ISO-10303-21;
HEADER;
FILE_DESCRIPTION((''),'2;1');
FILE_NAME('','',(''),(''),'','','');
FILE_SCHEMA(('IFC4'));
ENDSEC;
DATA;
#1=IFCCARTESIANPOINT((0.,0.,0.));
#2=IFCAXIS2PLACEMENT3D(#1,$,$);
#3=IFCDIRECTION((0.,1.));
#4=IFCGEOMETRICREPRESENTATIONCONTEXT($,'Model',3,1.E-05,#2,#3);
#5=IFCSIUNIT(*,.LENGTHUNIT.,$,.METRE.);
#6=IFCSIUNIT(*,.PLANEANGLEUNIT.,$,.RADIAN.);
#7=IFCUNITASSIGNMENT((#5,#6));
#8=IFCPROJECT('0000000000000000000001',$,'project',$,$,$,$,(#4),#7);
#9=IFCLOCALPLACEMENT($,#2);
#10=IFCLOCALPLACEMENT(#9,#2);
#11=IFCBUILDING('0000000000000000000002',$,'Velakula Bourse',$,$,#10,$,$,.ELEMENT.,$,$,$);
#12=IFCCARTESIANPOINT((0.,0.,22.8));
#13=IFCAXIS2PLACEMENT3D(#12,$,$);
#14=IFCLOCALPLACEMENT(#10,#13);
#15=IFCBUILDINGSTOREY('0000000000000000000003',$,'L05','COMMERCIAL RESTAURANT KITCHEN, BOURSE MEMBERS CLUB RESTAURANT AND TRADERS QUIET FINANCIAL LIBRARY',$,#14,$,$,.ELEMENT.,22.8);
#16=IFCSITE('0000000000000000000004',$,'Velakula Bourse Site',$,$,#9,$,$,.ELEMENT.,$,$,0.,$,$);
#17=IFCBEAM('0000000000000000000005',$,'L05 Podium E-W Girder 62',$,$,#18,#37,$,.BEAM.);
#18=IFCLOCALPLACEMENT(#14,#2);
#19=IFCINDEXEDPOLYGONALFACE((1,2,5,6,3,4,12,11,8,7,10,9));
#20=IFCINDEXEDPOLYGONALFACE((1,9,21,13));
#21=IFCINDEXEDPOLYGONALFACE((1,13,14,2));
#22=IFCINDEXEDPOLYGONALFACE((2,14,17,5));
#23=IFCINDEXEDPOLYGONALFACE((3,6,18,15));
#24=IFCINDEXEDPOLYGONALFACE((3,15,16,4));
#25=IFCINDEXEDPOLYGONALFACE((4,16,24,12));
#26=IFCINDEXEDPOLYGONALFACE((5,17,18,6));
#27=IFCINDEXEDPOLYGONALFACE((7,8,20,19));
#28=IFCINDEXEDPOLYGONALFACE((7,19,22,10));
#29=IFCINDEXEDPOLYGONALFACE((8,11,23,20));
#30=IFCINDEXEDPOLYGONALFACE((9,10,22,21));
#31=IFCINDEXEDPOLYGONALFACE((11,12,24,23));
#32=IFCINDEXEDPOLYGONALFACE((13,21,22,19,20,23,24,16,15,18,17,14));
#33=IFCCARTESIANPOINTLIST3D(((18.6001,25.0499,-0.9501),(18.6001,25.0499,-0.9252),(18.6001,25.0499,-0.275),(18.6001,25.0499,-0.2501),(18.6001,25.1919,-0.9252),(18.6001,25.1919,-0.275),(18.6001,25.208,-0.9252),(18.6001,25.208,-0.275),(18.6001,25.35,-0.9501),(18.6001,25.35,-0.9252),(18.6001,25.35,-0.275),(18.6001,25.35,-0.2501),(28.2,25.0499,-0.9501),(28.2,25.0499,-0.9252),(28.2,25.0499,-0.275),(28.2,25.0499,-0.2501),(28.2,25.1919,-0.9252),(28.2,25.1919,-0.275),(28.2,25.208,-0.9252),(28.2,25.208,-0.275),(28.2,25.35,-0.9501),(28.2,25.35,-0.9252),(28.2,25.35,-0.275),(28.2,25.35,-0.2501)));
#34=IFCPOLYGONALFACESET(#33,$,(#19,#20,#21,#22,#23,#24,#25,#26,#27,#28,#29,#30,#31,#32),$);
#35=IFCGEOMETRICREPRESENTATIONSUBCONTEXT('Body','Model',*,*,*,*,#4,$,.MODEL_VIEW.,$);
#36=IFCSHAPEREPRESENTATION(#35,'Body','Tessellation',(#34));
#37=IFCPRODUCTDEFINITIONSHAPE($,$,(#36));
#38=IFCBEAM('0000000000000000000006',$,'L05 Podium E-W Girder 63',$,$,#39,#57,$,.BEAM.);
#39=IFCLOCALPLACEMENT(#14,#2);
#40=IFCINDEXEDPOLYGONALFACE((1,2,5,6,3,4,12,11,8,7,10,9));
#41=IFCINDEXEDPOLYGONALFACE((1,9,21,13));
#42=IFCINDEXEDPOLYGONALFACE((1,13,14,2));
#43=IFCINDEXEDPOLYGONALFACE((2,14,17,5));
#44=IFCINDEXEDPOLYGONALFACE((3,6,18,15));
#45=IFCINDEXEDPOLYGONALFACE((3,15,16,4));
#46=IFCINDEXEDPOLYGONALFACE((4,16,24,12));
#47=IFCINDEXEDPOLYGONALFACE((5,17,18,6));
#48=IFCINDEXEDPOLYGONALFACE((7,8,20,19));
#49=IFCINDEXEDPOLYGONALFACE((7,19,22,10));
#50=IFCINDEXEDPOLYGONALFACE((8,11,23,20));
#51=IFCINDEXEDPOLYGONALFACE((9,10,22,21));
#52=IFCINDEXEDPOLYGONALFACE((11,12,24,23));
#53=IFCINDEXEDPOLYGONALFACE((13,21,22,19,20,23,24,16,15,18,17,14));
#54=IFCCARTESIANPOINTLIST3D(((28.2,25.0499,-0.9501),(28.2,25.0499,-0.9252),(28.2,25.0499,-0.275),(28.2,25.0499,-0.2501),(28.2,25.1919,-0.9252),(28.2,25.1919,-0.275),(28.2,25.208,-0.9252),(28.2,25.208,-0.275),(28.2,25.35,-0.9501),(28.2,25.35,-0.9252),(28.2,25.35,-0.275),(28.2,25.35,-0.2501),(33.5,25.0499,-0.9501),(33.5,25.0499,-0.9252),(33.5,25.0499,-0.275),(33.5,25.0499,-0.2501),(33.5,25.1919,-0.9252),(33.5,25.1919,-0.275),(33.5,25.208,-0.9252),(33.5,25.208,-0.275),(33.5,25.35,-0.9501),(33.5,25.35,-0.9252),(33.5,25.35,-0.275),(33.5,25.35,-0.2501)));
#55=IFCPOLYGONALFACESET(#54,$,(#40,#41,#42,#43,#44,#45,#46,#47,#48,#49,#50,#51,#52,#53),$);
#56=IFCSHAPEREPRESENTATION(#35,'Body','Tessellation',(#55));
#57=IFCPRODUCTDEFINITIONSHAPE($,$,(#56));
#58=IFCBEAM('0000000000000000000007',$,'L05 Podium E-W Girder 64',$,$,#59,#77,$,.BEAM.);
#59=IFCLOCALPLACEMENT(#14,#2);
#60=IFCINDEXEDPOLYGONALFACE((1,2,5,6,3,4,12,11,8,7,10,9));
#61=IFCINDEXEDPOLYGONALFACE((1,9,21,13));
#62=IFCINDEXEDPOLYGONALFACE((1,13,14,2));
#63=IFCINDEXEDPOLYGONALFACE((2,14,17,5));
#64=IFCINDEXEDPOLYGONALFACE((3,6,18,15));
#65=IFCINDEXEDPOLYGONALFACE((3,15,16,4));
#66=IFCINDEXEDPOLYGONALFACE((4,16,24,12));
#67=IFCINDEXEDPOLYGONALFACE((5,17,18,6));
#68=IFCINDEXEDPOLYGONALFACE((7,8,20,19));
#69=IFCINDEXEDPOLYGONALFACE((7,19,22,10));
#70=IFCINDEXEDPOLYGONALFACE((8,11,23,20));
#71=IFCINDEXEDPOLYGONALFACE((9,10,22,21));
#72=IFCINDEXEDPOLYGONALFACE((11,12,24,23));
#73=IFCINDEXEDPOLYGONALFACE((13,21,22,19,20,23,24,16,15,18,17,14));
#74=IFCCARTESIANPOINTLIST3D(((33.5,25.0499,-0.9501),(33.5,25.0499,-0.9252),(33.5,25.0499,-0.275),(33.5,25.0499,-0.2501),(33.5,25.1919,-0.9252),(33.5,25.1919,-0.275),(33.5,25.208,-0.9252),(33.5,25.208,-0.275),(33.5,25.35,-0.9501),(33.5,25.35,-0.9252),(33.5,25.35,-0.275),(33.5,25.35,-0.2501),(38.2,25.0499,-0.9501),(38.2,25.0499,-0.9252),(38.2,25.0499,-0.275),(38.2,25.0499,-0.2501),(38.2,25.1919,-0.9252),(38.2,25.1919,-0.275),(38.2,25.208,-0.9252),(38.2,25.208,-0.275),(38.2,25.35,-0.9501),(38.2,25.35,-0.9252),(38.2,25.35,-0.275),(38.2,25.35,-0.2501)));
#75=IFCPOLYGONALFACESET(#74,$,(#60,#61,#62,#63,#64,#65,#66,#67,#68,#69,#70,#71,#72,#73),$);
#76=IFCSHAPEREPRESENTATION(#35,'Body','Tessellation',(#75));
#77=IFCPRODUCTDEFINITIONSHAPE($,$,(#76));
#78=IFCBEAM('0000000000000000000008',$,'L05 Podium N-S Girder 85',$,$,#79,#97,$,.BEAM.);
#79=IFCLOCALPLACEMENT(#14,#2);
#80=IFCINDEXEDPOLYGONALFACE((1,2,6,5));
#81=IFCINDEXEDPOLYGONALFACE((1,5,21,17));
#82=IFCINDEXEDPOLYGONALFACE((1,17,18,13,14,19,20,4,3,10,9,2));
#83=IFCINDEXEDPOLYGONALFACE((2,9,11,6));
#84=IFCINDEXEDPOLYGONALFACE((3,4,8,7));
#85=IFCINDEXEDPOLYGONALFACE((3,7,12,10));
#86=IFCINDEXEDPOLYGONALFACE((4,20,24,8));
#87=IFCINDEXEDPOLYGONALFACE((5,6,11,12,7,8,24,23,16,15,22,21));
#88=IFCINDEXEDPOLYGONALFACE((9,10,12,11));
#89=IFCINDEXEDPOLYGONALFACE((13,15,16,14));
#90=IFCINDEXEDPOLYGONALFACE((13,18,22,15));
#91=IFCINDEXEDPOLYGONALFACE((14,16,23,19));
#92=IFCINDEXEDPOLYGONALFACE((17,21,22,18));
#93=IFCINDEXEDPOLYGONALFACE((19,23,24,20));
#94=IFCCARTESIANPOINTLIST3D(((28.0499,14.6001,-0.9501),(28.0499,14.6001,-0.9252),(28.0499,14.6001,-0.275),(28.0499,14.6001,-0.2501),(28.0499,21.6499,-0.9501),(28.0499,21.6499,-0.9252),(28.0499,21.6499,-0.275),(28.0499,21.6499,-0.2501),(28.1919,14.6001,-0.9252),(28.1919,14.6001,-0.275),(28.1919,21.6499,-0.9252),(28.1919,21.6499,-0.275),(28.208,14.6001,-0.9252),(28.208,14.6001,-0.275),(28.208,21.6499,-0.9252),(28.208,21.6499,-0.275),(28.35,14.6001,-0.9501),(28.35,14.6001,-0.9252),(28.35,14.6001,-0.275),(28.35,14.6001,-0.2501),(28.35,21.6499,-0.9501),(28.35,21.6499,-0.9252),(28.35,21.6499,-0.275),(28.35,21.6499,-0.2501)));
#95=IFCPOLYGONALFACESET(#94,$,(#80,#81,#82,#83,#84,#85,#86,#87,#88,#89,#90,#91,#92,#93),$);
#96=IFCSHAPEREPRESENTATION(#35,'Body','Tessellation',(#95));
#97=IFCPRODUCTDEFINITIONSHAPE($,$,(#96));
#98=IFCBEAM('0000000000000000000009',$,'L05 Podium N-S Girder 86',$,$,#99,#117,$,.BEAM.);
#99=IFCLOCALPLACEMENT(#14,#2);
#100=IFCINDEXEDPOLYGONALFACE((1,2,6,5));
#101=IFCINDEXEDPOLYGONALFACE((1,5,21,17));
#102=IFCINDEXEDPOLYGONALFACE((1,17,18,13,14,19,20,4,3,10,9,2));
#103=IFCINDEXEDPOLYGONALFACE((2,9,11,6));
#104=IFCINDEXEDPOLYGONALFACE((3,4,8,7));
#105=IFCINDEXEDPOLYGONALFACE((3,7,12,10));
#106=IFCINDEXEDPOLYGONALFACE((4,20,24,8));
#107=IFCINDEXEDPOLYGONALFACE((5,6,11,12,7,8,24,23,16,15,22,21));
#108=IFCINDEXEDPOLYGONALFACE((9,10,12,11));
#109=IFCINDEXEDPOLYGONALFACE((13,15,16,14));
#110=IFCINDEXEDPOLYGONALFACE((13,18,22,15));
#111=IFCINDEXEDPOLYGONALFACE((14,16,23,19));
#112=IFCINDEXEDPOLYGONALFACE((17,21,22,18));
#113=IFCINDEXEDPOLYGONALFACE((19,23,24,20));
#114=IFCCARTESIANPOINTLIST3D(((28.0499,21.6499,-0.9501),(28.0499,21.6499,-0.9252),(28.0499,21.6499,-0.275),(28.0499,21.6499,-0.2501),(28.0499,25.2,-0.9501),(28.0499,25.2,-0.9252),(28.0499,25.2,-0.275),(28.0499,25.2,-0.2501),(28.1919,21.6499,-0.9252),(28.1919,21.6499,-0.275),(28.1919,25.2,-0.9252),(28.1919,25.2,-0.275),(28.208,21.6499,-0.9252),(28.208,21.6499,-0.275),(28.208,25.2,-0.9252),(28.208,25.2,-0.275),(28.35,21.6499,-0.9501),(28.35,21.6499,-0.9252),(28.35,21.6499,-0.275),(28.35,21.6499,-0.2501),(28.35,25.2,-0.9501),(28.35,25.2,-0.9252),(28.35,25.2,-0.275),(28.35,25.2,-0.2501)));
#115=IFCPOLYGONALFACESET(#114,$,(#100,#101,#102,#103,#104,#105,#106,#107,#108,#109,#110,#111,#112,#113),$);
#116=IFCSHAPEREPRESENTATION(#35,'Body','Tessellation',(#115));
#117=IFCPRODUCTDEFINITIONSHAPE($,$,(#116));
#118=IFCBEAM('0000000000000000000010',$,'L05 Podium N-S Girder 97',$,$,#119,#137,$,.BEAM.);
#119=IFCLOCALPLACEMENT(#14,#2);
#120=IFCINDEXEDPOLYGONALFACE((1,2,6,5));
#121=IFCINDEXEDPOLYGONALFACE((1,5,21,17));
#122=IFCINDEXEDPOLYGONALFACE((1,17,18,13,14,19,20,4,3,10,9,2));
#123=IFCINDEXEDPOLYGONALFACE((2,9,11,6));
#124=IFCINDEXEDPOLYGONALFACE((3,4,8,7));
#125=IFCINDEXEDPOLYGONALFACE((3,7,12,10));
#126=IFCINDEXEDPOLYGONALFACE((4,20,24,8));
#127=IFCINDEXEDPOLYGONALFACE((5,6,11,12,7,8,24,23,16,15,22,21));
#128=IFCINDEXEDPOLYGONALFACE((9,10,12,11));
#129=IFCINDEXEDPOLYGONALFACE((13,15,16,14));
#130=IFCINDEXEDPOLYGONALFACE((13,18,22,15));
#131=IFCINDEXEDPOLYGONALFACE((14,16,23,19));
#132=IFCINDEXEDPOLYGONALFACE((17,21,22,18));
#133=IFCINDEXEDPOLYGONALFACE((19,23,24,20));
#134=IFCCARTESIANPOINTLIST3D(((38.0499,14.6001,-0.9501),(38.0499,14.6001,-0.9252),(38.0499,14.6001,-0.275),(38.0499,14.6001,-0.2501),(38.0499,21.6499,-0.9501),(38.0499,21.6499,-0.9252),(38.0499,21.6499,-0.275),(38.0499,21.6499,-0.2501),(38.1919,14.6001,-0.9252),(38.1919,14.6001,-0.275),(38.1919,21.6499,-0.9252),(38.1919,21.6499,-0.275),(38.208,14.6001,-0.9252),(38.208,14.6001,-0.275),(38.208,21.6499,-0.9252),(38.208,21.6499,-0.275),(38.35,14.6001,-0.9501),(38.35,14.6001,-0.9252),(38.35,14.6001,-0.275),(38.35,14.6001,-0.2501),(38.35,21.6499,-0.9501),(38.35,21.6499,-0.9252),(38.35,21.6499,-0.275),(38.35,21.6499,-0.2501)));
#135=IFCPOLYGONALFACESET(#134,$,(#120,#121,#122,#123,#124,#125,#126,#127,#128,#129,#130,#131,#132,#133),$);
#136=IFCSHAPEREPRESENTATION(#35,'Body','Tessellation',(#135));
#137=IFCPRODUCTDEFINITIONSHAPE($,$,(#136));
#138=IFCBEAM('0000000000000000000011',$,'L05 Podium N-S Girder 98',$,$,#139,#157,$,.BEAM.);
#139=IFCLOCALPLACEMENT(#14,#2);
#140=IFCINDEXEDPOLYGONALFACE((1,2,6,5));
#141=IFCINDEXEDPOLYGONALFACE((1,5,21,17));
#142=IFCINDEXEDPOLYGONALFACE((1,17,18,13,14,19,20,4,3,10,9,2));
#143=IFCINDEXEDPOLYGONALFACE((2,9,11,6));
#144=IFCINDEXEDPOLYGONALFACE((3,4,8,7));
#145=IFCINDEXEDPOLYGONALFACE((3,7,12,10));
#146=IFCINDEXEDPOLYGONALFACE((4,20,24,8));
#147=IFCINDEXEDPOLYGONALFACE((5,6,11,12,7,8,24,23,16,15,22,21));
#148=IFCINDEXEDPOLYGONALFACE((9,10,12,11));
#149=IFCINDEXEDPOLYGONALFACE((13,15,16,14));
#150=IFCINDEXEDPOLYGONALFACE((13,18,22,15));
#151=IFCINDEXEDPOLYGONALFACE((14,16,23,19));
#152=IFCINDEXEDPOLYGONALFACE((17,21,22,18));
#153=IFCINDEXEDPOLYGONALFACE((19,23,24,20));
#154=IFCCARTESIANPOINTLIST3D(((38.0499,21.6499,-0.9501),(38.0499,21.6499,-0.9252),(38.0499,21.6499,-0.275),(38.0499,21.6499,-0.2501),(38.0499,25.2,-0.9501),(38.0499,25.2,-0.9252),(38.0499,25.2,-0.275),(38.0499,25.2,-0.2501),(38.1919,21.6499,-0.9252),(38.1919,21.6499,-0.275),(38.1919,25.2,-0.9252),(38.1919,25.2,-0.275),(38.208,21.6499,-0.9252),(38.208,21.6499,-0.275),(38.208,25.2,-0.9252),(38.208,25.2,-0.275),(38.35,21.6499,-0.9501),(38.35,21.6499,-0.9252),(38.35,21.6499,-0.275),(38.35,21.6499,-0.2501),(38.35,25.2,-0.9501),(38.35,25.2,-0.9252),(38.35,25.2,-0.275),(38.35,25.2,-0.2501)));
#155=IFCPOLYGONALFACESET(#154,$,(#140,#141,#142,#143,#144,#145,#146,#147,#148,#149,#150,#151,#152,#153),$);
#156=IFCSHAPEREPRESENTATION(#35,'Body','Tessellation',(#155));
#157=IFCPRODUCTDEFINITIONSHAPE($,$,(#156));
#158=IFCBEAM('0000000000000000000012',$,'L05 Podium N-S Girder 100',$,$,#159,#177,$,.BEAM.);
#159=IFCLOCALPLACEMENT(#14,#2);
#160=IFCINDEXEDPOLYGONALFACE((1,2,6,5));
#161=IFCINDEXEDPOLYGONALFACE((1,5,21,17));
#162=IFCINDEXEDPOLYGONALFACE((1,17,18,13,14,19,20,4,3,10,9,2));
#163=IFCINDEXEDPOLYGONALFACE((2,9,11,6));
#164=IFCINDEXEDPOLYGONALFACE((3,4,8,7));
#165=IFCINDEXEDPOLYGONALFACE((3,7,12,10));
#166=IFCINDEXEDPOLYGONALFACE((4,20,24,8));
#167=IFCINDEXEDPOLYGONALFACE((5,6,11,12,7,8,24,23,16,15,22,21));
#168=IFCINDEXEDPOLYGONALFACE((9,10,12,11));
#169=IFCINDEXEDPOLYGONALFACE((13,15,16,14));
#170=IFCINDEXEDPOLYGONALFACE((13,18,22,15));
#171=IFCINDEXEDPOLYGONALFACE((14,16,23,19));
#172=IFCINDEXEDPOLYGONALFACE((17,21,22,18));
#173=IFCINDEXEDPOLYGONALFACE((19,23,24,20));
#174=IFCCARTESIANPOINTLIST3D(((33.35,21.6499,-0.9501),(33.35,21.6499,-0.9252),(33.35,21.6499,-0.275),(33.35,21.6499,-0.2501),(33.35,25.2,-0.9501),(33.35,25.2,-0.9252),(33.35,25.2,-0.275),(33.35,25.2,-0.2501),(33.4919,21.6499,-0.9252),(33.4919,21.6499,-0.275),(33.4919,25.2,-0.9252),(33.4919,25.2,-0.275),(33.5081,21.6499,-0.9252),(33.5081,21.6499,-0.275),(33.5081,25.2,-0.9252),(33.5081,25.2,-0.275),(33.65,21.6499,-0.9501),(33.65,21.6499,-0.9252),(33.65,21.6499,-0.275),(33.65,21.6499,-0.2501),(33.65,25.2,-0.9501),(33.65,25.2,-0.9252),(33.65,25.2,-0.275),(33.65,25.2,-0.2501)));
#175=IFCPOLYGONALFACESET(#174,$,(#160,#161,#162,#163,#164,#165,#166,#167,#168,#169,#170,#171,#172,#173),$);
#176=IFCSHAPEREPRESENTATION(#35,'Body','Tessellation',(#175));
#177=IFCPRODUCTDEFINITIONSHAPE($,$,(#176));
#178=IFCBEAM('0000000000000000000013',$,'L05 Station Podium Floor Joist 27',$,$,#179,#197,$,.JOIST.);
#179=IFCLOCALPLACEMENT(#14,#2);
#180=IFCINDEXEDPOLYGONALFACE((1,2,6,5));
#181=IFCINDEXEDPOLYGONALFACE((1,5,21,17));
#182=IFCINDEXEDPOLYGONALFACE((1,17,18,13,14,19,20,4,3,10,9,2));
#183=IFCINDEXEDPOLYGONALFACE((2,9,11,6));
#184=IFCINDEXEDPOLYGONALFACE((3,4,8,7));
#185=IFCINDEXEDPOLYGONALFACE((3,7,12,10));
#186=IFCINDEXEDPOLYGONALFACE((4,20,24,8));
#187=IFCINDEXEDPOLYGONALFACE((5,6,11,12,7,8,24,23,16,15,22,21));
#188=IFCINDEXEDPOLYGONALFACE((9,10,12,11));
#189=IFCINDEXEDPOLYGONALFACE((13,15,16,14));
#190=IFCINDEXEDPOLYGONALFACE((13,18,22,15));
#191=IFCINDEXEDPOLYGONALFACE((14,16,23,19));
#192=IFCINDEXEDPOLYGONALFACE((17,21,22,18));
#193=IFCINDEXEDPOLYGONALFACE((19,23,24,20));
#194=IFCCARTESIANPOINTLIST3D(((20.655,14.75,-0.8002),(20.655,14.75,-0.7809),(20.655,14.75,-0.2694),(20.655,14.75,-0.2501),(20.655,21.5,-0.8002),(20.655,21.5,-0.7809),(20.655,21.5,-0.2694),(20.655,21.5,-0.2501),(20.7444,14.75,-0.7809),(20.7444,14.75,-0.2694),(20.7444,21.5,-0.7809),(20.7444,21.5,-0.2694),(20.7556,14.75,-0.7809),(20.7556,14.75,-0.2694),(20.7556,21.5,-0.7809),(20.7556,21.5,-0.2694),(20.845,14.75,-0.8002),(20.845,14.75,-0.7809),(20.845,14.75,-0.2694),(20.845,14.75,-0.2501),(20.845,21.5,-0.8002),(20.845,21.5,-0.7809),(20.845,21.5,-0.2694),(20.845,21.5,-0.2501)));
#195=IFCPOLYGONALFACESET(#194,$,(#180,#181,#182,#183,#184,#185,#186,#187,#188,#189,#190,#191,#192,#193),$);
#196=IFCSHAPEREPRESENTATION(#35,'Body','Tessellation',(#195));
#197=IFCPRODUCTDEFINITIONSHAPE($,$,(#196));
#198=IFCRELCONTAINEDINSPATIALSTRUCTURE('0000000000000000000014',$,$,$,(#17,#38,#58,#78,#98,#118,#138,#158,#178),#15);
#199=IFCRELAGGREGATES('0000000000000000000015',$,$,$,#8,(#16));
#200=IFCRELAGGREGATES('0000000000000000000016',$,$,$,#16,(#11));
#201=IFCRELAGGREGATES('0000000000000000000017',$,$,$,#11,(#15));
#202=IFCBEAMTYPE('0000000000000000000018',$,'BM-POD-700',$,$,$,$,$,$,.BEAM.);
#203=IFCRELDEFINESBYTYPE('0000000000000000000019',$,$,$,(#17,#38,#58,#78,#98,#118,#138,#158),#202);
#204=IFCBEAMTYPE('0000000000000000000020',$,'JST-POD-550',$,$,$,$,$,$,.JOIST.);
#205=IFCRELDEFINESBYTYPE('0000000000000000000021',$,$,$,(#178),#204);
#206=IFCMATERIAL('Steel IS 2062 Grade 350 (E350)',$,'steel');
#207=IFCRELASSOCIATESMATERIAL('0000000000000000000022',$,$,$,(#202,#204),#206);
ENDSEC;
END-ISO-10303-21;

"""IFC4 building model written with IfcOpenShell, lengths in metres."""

from ifc_helpers import new_model, si_unit, direction, frame, origin, origin_2d, place, context, subcontext, project, spatial, i_section, extrude, material, material_profile, profile_set, type_object, element, save


model = new_model("IFC4")

# Units and contexts
model_context = context("Model", 3, precision=1e-05, world=origin(), true_north=direction((0.0, 1.0)))
body_context = subcontext(model_context, "Body", "Model", "MODEL_VIEW")
ifc_project = project(units=[si_unit("LENGTHUNIT", "METRE"), si_unit("PLANEANGLEUNIT", "RADIAN")], contexts=[model_context])

# Site, building, storey
site_placement = place(None, origin())
site = spatial("IfcSite", under=ifc_project, at=site_placement, Name="Velakula Bourse Site", CompositionType="ELEMENT", RefElevation=0.0)
building_placement = place(site_placement, origin())
building = spatial("IfcBuilding", under=site, at=building_placement, Name="Velakula Bourse", CompositionType="ELEMENT")
storey_placement = place(building_placement, frame((0.0, 0.0, 22.8)))
storey = spatial("IfcBuildingStorey", under=building, at=storey_placement, Name="L05", Description="COMMERCIAL RESTAURANT KITCHEN, BOURSE MEMBERS CLUB RESTAURANT AND TRADERS QUIET FINANCIAL LIBRARY", CompositionType="ELEMENT", Elevation=22.8)

# Beams
ifc_material_1 = material(Name="Steel IS 2062 Grade 350 (E350)", Category="steel")
ifc_material_profile_1 = material_profile(ifc_material_1, i_section(OverallWidth=0.3, OverallDepth=0.7, WebThickness=0.0161, FlangeThickness=0.0249, at=origin_2d()), Name="Steel IS 2062 Grade 350 (E350)")
ifc_profile_set_1 = profile_set([ifc_material_profile_1], Name="Steel IS 2062 Grade 350 (E350)")
beam_type_1 = type_object("IfcBeamType", Name="BM-POD-700", PredefinedType="BEAM", material=ifc_profile_set_1)
beam_1_placement = place(storey_placement, frame((18.6001, 25.2, -0.6001), z_axis=(1.0, 0.0, 0.0), x_axis=(0.0, 1.0, 0.0)))
element("IfcBeam", 1, at=beam_1_placement, inside=storey, type_object=beam_type_1, Name="L05 Podium E-W Girder 62", PredefinedType="BEAM", context=body_context, shape_type="SweptSolid", body=[
    extrude(i_section(OverallWidth=0.3, OverallDepth=0.7, WebThickness=0.0161, FlangeThickness=0.0249, at=origin_2d()), origin(), (0.0, 0.0, 1.0), 9.5999),
])
beam_2_placement = place(storey_placement, frame((28.2, 25.2, -0.6001), z_axis=(1.0, 0.0, 0.0), x_axis=(0.0, 1.0, 0.0)))
element("IfcBeam", 2, at=beam_2_placement, inside=storey, type_object=beam_type_1, Name="L05 Podium E-W Girder 63", PredefinedType="BEAM", context=body_context, shape_type="SweptSolid", body=[
    extrude(i_section(OverallWidth=0.3, OverallDepth=0.7, WebThickness=0.0161, FlangeThickness=0.0249, at=origin_2d()), origin(), (0.0, 0.0, 1.0), 5.3),
])
beam_3_placement = place(storey_placement, frame((33.5, 25.2, -0.6001), z_axis=(1.0, 0.0, 0.0), x_axis=(0.0, 1.0, 0.0)))
element("IfcBeam", 3, at=beam_3_placement, inside=storey, type_object=beam_type_1, Name="L05 Podium E-W Girder 64", PredefinedType="BEAM", context=body_context, shape_type="SweptSolid", body=[
    extrude(i_section(OverallWidth=0.3, OverallDepth=0.7, WebThickness=0.0161, FlangeThickness=0.0249, at=origin_2d()), origin(), (0.0, 0.0, 1.0), 4.7),
])
beam_4_placement = place(storey_placement, frame((28.2, 14.6001, -0.6001), z_axis=(0.0, 1.0, 0.0), x_axis=(-1.0, 0.0, 0.0)))
element("IfcBeam", 4, at=beam_4_placement, inside=storey, type_object=beam_type_1, Name="L05 Podium N-S Girder 85", PredefinedType="BEAM", context=body_context, shape_type="SweptSolid", body=[
    extrude(i_section(OverallWidth=0.3, OverallDepth=0.7, WebThickness=0.0161, FlangeThickness=0.0249, at=origin_2d()), origin(), (0.0, 0.0, 1.0), 7.0498),
])
beam_5_placement = place(storey_placement, frame((28.2, 21.6499, -0.6001), z_axis=(0.0, 1.0, 0.0), x_axis=(-1.0, 0.0, 0.0)))
element("IfcBeam", 5, at=beam_5_placement, inside=storey, type_object=beam_type_1, Name="L05 Podium N-S Girder 86", PredefinedType="BEAM", context=body_context, shape_type="SweptSolid", body=[
    extrude(i_section(OverallWidth=0.3, OverallDepth=0.7, WebThickness=0.0161, FlangeThickness=0.0249, at=origin_2d()), origin(), (0.0, 0.0, 1.0), 3.55),
])
beam_6_placement = place(storey_placement, frame((38.2, 14.6001, -0.6001), z_axis=(0.0, 1.0, 0.0), x_axis=(-1.0, 0.0, 0.0)))
element("IfcBeam", 6, at=beam_6_placement, inside=storey, type_object=beam_type_1, Name="L05 Podium N-S Girder 97", PredefinedType="BEAM", context=body_context, shape_type="SweptSolid", body=[
    extrude(i_section(OverallWidth=0.3, OverallDepth=0.7, WebThickness=0.0161, FlangeThickness=0.0249, at=origin_2d()), origin(), (0.0, 0.0, 1.0), 7.0498),
])
for number, where, z_axis, x_axis, name in (
    (7, (38.2, 21.6499, -0.6001), (0.0, 1.0, 0.0), (-1.0, 0.0, 0.0), "L05 Podium N-S Girder 98"),
    (8, (33.5, 21.6499, -0.6001), (0.0, 1.0, 0.0), (-1.0, 0.0, 0.0), "L05 Podium N-S Girder 100"),
):
    element("IfcBeam", number, at=place(storey_placement, frame(where, z_axis=z_axis, x_axis=x_axis)), inside=storey, type_object=beam_type_1, Name=name, PredefinedType="BEAM", context=body_context, shape_type="SweptSolid", body=[
        extrude(i_section(OverallWidth=0.3, OverallDepth=0.7, WebThickness=0.0161, FlangeThickness=0.0249, at=origin_2d()), origin(), (0.0, 0.0, 1.0), 3.55),
    ])
ifc_material_profile_2 = material_profile(ifc_material_1, i_section(OverallWidth=0.1899, OverallDepth=0.55, WebThickness=0.0112, FlangeThickness=0.0193, at=origin_2d()), Name="Steel IS 2062 Grade 350 (E350)")
ifc_profile_set_2 = profile_set([ifc_material_profile_2], Name="Steel IS 2062 Grade 350 (E350)")
beam_type_2 = type_object("IfcBeamType", Name="JST-POD-550", PredefinedType="JOIST", material=ifc_profile_set_2)
beam_7_placement = place(storey_placement, frame((20.75, 14.75, -0.5251), z_axis=(0.0, 1.0, 0.0), x_axis=(-1.0, 0.0, 0.0)))
element("IfcBeam", 9, at=beam_7_placement, inside=storey, type_object=beam_type_2, Name="L05 Station Podium Floor Joist 27", PredefinedType="JOIST", context=body_context, shape_type="SweptSolid", body=[
    extrude(i_section(OverallWidth=0.1899, OverallDepth=0.55, WebThickness=0.0112, FlangeThickness=0.0193, at=origin_2d()), origin(), (0.0, 0.0, 1.0), 6.75),
])

save(model, "model.ifc")
